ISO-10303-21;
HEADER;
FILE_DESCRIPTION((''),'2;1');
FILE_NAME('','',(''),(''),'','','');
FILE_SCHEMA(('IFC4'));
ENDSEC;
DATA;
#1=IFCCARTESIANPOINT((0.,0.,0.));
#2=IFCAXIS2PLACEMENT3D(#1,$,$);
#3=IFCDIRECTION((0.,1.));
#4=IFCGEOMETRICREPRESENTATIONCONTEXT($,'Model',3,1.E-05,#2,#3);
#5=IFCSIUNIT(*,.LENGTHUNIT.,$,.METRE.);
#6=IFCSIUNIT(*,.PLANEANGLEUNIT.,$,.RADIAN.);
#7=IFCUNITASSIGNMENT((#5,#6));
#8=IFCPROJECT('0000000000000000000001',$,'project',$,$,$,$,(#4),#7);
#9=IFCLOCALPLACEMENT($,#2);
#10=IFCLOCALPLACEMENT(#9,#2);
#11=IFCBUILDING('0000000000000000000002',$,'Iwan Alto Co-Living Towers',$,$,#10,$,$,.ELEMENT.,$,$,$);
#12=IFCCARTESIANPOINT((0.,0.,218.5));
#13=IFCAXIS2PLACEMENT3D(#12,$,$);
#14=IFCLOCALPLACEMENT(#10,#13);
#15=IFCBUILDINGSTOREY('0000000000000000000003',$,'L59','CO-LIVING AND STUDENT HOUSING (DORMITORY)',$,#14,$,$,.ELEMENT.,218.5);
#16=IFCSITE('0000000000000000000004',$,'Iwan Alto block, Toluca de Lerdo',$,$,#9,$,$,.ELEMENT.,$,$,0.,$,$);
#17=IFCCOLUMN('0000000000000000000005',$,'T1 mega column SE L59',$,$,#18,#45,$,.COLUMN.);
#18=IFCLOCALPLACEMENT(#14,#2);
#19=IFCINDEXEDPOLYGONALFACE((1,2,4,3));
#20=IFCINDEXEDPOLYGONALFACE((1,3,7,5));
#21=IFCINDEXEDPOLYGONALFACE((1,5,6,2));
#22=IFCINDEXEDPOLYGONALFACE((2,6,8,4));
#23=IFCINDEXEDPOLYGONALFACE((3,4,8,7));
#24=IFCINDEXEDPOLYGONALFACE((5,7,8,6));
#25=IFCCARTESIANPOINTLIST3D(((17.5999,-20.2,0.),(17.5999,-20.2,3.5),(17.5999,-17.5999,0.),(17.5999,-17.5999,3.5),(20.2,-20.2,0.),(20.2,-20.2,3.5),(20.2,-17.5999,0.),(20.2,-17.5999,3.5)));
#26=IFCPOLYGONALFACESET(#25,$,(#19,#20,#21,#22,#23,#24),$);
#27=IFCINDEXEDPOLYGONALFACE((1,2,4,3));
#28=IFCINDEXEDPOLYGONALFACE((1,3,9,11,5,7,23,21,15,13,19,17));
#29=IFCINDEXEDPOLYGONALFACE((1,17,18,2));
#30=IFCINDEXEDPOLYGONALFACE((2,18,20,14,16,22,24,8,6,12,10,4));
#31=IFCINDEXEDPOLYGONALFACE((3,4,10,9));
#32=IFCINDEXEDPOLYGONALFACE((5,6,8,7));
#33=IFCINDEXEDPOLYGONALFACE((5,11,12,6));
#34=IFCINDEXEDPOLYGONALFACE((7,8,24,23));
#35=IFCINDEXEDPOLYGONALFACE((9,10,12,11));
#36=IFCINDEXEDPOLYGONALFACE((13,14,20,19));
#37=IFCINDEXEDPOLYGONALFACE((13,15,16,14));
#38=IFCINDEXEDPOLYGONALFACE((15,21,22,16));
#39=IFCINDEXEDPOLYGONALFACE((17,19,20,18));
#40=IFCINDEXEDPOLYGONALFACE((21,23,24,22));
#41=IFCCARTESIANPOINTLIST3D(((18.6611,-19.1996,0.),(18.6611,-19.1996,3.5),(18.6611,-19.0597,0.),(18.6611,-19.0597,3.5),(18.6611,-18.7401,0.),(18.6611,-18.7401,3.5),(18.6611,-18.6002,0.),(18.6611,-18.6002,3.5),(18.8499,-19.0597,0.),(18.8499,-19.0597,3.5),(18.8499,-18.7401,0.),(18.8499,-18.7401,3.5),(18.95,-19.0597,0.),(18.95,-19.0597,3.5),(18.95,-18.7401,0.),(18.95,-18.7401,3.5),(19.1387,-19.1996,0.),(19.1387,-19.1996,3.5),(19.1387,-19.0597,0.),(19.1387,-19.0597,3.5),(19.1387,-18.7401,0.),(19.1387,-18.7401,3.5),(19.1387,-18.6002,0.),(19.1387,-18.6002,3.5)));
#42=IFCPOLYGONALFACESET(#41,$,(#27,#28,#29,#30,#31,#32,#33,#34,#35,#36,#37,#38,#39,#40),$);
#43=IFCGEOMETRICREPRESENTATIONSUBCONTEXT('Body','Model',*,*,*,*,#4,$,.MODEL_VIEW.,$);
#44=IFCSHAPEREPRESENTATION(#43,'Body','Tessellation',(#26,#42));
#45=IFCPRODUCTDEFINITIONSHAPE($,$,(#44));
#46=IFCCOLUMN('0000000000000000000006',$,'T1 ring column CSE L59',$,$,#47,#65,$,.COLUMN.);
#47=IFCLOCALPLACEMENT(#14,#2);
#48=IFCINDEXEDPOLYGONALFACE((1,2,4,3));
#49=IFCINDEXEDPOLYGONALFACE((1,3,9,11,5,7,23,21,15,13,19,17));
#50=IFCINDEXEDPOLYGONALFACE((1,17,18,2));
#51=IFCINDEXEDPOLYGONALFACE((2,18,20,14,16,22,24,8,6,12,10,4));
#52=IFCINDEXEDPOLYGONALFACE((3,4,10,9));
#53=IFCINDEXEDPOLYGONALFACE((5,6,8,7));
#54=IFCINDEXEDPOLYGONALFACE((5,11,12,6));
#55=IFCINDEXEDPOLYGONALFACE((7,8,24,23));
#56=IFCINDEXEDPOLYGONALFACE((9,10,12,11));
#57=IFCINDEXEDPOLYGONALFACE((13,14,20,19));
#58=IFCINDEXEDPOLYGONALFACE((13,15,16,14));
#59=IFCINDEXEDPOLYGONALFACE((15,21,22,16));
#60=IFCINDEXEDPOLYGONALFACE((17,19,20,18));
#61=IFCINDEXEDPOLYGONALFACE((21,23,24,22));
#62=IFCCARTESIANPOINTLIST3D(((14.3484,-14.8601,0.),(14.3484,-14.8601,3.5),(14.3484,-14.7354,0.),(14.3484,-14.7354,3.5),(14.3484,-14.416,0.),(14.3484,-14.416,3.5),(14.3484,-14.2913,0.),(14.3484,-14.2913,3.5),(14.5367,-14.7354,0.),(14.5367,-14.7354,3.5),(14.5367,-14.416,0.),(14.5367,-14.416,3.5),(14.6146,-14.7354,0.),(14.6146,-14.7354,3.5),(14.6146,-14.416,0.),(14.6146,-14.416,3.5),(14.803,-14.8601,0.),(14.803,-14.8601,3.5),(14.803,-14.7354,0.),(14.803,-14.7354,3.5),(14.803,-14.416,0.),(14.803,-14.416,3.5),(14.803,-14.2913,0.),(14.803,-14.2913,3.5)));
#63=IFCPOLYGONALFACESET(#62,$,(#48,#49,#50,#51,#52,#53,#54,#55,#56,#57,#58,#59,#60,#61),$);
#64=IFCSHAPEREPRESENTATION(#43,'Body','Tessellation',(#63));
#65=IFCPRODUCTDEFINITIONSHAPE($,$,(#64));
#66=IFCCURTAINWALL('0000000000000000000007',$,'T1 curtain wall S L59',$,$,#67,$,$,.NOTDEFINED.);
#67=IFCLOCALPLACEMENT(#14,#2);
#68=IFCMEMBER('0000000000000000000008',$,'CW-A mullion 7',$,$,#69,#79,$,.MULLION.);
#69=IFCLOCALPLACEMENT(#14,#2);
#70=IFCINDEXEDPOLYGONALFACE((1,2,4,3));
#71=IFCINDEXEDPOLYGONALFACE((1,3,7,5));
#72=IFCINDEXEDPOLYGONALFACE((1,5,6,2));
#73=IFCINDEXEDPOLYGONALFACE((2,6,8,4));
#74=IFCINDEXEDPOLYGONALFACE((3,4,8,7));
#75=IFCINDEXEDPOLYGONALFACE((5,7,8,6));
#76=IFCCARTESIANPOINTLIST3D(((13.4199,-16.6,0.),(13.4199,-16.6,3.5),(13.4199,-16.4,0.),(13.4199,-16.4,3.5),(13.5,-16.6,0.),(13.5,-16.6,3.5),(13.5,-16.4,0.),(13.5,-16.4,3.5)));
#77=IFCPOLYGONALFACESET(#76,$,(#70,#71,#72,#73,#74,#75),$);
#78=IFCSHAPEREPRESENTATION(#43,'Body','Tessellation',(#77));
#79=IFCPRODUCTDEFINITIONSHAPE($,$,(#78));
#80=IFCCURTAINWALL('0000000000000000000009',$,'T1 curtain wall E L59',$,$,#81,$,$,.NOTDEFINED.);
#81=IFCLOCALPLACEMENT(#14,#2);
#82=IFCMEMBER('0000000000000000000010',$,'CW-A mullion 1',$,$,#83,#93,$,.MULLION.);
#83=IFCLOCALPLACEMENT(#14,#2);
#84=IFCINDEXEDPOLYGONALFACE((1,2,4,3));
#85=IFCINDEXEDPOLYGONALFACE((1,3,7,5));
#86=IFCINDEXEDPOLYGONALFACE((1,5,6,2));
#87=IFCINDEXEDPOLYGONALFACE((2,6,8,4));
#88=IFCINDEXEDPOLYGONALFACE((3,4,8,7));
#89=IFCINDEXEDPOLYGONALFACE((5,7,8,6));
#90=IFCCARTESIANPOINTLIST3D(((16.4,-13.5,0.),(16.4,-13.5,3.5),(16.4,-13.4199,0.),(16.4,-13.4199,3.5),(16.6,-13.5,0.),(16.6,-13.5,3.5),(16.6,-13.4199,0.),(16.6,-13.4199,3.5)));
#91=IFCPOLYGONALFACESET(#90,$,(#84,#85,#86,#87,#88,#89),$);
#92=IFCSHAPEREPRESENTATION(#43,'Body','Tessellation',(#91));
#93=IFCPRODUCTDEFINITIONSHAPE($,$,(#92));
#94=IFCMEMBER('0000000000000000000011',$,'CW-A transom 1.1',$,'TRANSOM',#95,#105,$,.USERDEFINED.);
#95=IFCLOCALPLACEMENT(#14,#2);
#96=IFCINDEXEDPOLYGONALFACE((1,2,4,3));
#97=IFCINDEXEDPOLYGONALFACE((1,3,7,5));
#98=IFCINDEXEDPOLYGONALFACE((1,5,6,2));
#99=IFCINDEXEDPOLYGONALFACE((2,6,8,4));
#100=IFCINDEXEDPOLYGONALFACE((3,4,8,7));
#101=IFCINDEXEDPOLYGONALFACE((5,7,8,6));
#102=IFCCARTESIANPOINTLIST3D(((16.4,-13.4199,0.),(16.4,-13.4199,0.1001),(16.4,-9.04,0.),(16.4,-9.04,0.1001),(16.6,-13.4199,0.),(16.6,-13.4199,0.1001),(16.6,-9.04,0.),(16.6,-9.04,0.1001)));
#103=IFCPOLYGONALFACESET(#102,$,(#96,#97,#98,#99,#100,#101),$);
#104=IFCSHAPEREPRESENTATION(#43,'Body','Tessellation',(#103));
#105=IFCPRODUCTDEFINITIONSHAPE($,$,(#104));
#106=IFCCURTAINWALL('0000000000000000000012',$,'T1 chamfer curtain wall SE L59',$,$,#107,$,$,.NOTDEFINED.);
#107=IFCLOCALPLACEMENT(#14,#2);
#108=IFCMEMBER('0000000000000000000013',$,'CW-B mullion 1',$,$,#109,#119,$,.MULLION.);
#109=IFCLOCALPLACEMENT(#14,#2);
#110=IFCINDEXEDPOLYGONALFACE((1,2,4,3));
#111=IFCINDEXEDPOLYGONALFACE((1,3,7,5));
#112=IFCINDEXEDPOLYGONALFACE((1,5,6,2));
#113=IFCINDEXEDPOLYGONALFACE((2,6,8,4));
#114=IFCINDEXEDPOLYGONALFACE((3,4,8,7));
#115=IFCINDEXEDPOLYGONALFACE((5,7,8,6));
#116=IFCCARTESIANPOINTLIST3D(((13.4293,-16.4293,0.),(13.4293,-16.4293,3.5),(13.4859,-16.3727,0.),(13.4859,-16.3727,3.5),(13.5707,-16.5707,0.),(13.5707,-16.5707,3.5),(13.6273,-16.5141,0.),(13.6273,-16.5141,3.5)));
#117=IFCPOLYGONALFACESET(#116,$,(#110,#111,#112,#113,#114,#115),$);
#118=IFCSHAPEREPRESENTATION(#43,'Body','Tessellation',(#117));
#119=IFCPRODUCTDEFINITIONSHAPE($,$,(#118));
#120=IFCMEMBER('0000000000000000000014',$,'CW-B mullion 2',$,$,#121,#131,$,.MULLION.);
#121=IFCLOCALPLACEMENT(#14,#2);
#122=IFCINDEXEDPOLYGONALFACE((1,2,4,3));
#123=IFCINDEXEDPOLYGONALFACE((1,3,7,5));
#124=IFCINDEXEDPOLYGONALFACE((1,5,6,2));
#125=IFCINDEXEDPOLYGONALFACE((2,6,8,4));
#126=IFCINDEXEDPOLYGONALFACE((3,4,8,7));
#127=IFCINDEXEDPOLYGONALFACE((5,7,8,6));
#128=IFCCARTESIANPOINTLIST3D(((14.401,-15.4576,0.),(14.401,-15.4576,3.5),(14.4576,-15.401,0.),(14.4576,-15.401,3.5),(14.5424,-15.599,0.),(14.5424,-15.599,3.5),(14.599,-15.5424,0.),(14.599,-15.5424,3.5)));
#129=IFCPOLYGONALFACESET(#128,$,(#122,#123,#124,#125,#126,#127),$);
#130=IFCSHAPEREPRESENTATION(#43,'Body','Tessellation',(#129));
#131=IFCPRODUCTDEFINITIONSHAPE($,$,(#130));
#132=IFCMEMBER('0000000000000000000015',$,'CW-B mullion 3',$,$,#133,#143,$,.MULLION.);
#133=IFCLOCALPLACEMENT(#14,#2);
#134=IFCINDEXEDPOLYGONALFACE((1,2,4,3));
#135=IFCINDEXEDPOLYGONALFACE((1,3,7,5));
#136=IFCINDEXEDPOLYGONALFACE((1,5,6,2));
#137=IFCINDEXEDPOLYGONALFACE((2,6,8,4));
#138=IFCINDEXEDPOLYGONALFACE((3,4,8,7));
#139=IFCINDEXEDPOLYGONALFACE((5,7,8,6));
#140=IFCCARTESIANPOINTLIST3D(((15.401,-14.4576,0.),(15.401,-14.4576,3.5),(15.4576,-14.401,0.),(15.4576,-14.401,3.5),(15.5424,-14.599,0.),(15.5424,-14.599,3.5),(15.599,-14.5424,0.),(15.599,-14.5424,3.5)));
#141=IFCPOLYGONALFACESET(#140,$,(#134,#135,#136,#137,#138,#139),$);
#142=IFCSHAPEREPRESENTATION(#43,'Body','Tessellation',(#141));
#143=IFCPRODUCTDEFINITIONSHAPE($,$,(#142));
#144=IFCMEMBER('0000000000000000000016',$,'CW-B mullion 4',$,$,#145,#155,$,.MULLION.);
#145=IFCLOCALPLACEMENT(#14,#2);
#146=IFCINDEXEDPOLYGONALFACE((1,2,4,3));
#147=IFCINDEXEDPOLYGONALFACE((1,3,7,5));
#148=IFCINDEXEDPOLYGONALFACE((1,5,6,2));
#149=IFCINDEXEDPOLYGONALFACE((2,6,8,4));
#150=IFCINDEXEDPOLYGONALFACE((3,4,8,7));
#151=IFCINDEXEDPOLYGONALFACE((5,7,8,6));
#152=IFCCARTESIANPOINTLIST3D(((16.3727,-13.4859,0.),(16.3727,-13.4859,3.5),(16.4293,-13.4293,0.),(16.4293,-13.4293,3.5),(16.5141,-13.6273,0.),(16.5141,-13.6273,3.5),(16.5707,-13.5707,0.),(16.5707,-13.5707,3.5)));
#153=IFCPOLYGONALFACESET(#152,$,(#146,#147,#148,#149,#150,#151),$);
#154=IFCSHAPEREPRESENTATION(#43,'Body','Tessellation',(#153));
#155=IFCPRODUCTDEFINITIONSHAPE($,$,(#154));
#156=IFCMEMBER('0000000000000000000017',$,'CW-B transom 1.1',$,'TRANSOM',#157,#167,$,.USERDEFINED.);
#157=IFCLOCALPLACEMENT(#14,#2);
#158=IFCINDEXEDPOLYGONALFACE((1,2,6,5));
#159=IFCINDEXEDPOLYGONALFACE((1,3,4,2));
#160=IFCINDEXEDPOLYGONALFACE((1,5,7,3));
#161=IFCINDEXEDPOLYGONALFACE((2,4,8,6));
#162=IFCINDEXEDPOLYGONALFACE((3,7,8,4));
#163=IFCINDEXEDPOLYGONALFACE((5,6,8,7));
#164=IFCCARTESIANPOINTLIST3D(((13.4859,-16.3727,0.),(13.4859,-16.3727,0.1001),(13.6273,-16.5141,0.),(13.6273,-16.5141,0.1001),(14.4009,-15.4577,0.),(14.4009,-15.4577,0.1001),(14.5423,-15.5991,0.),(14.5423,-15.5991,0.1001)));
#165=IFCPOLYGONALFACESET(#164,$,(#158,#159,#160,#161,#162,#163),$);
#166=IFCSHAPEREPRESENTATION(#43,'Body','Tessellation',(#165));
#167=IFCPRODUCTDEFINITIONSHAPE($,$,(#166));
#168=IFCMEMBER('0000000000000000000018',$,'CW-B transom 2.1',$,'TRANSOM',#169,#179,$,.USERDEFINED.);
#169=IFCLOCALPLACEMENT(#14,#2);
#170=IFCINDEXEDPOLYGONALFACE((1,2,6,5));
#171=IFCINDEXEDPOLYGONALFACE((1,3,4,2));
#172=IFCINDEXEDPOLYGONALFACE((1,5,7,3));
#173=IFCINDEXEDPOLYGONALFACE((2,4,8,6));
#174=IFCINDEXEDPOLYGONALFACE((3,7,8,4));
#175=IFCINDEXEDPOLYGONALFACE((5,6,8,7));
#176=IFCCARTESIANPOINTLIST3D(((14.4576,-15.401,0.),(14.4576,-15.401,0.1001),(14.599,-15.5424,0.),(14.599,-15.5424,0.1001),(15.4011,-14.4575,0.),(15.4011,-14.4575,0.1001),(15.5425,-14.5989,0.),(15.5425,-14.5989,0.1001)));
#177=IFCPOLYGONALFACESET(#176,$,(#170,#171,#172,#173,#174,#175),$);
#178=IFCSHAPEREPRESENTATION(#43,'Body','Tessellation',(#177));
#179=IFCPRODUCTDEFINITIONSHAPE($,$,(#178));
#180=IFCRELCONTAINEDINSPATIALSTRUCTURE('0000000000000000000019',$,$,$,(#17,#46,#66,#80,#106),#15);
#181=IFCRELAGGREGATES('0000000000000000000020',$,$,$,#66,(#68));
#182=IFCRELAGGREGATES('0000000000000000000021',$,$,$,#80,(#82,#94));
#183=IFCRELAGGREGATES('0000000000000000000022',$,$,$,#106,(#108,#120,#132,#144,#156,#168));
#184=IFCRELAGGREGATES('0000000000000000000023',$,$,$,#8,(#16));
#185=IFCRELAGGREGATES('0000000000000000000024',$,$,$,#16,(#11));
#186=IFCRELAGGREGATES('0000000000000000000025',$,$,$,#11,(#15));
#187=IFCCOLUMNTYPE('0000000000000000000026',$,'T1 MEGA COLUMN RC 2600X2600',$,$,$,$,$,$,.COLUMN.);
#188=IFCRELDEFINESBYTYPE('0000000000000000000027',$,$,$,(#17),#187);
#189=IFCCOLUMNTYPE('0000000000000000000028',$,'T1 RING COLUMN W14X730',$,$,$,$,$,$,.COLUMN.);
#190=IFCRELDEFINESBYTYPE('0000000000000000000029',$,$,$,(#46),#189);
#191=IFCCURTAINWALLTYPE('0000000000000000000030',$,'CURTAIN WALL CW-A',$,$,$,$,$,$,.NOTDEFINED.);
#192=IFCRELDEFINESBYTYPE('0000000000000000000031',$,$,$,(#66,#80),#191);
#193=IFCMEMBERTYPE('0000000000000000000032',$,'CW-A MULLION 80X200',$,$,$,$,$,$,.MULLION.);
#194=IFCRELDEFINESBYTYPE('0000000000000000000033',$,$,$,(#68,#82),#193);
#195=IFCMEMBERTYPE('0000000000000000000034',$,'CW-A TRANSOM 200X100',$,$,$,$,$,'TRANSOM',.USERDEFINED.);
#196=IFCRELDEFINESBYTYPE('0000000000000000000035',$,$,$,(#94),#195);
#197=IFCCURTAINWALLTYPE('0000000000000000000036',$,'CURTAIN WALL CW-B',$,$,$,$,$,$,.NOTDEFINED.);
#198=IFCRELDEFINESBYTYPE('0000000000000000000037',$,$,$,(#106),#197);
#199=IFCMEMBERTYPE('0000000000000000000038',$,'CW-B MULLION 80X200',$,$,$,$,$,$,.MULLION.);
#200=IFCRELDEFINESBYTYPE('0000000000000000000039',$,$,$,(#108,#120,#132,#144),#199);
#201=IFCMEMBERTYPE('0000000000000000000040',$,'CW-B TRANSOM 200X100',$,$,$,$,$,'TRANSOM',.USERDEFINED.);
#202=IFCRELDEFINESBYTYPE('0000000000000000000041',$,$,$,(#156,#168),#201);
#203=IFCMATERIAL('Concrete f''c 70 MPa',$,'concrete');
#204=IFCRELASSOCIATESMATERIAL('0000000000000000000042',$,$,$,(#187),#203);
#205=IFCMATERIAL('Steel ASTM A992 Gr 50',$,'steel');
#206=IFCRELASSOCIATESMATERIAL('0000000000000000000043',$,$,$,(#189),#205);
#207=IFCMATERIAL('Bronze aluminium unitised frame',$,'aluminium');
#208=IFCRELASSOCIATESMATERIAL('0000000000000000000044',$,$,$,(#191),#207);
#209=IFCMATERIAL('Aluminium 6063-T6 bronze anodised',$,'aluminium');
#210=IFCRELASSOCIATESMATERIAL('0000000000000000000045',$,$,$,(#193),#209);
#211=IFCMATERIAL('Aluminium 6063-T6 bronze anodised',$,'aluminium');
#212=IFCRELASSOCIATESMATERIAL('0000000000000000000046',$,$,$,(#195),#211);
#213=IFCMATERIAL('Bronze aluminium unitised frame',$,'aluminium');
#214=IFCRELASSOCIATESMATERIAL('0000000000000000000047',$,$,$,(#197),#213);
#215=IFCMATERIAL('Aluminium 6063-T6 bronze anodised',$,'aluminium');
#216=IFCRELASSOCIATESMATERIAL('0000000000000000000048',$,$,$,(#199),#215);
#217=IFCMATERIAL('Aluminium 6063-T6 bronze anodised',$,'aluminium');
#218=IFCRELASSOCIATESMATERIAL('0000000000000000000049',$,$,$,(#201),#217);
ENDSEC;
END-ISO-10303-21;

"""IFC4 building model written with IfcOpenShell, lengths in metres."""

from ifc_helpers import new_model, si_unit, direction, frame, origin, origin_2d, place, context, subcontext, project, spatial, rectangle, i_section, extrude, material, material_profile, profile_set, type_object, element, aggregate, save


model = new_model("IFC4")

# Units and contexts
model_context = context("Model", 3, precision=1e-05, world=origin(), true_north=direction((0.0, 1.0)))
body_context = subcontext(model_context, "Body", "Model", "MODEL_VIEW")
ifc_project = project(units=[si_unit("LENGTHUNIT", "METRE"), si_unit("PLANEANGLEUNIT", "RADIAN")], contexts=[model_context])

# Site, building, storey
site_placement = place(None, origin())
site = spatial("IfcSite", under=ifc_project, at=site_placement, Name="Iwan Alto block, Toluca de Lerdo", CompositionType="ELEMENT", RefElevation=0.0)
building_placement = place(site_placement, origin())
building = spatial("IfcBuilding", under=site, at=building_placement, Name="Iwan Alto Co-Living Towers", CompositionType="ELEMENT")
storey_placement = place(building_placement, frame((0.0, 0.0, 218.5)))
storey = spatial("IfcBuildingStorey", under=building, at=storey_placement, Name="L59", Description="CO-LIVING AND STUDENT HOUSING (DORMITORY)", CompositionType="ELEMENT", Elevation=218.5)

# Columns
ifc_material_1 = material(Name="Concrete f'c 70 MPa", Category="concrete")
ifc_material_profile_1 = material_profile(ifc_material_1, rectangle(XDim=2.6001, YDim=2.6001, at=origin_2d()), Name="RC 2600X2600")
ifc_profile_set_1 = profile_set([ifc_material_profile_1], Name="Concrete f'c 70 MPa")
column_type_1 = type_object("IfcColumnType", Name="T1 MEGA COLUMN RC 2600X2600", PredefinedType="COLUMN", material=ifc_profile_set_1)
column_1_placement = place(storey_placement, frame((18.8999, -18.8999, 0.0), z_axis=(0.0, 0.0, 1.0), x_axis=(1.0, 0.0, 0.0)))
element("IfcColumn", 1, at=column_1_placement, inside=storey, type_object=column_type_1, Name="T1 mega column SE L59", PredefinedType="COLUMN", context=body_context, shape_type="SweptSolid", body=[
    extrude(rectangle(XDim=2.6001, YDim=2.6001, at=origin_2d()), origin(), (0.0, 0.0, 1.0), 3.5),
    extrude(i_section(OverallWidth=0.4775, OverallDepth=0.5994, WebThickness=0.1001, FlangeThickness=0.1399, at=origin_2d()), origin(), (0.0, 0.0, 1.0), 3.5),
])
ifc_material_2 = material(Name="Steel ASTM A992 Gr 50", Category="steel")
ifc_material_profile_2 = material_profile(ifc_material_2, i_section(OverallWidth=0.4546, OverallDepth=0.5688, WebThickness=0.0779, FlangeThickness=0.1248, at=origin_2d()), Name="W14X730")
ifc_profile_set_2 = profile_set([ifc_material_profile_2], Name="Steel ASTM A992 Gr 50")
column_type_2 = type_object("IfcColumnType", Name="T1 RING COLUMN W14X730", PredefinedType="COLUMN", material=ifc_profile_set_2)
column_2_placement = place(storey_placement, frame((14.5757, -14.5757, 0.0), z_axis=(0.0, 0.0, 1.0), x_axis=(1.0, 0.0, 0.0)))
element("IfcColumn", 2, at=column_2_placement, inside=storey, type_object=column_type_2, Name="T1 ring column CSE L59", PredefinedType="COLUMN", context=body_context, shape_type="SweptSolid", body=[
    extrude(i_section(OverallWidth=0.4546, OverallDepth=0.5688, WebThickness=0.0779, FlangeThickness=0.1248, at=origin_2d()), origin(), (0.0, 0.0, 1.0), 3.5),
])

# Curtain wall, member
ifc_material_3 = material(Name="Bronze aluminium unitised frame", Category="aluminium")
curtain_wall_type_1 = type_object("IfcCurtainWallType", Name="CURTAIN WALL CW-A", PredefinedType="NOTDEFINED", material=ifc_material_3)
curtain_wall_1_placement = place(storey_placement, origin())
curtain_wall_1 = element("IfcCurtainWall", 3, at=curtain_wall_1_placement, inside=storey, type_object=curtain_wall_type_1, Name="T1 curtain wall S L59", PredefinedType="NOTDEFINED")
ifc_material_4 = material(Name="Aluminium 6063-T6 bronze anodised", Category="aluminium")
ifc_material_profile_3 = material_profile(ifc_material_4, rectangle(XDim=0.2, YDim=0.0801, at=origin_2d()), Name="AL 80X200")
ifc_profile_set_3 = profile_set([ifc_material_profile_3], Name="Aluminium 6063-T6 bronze anodised")
member_type_1 = type_object("IfcMemberType", Name="CW-A MULLION 80X200", PredefinedType="MULLION", material=ifc_profile_set_3)
member_1_placement = place(storey_placement, frame((13.46, -16.5, 0.0), z_axis=(0.0, 0.0, 1.0), x_axis=(0.0, 1.0, 0.0)))
member_1 = element("IfcMember", 4, at=member_1_placement, type_object=member_type_1, Name="CW-A mullion 7", PredefinedType="MULLION", context=body_context, shape_type="SweptSolid", body=[
    extrude(rectangle(XDim=0.2, YDim=0.0801, at=origin_2d()), origin(), (0.0, 0.0, 1.0), 3.5),
])
aggregate(curtain_wall_1, [member_1])

# Curtain walls, members
curtain_wall_2_placement = place(storey_placement, origin())
curtain_wall_2 = element("IfcCurtainWall", 5, at=curtain_wall_2_placement, inside=storey, type_object=curtain_wall_type_1, Name="T1 curtain wall E L59", PredefinedType="NOTDEFINED")
member_2_placement = place(storey_placement, frame((16.5, -13.46, 0.0), z_axis=(0.0, 0.0, 1.0), x_axis=(-1.0, 0.0, 0.0)))
member_2 = element("IfcMember", 6, at=member_2_placement, type_object=member_type_1, Name="CW-A mullion 1", PredefinedType="MULLION", context=body_context, shape_type="SweptSolid", body=[
    extrude(rectangle(XDim=0.2, YDim=0.0801, at=origin_2d()), origin(), (0.0, 0.0, 1.0), 3.5),
])
ifc_material_5 = material(Name="Aluminium 6063-T6 bronze anodised", Category="aluminium")
ifc_material_profile_4 = material_profile(ifc_material_5, rectangle(XDim=0.2, YDim=0.1001, at=origin_2d()), Name="AL 200X100")
ifc_profile_set_4 = profile_set([ifc_material_profile_4], Name="Aluminium 6063-T6 bronze anodised")
member_type_2 = type_object("IfcMemberType", Name="CW-A TRANSOM 200X100", ElementType="TRANSOM", PredefinedType="USERDEFINED", material=ifc_profile_set_4)
member_3_placement = place(storey_placement, frame((16.5, -13.4199, 0.05), z_axis=(0.0, 1.0, 0.0), x_axis=(-1.0, 0.0, 0.0)))
member_3 = element("IfcMember", 7, at=member_3_placement, type_object=member_type_2, Name="CW-A transom 1.1", ObjectType="TRANSOM", PredefinedType="USERDEFINED", context=body_context, shape_type="SweptSolid", body=[
    extrude(rectangle(XDim=0.2, YDim=0.1001, at=origin_2d()), origin(), (0.0, 0.0, 1.0), 4.3799),
])
ifc_material_6 = material(Name="Bronze aluminium unitised frame", Category="aluminium")
curtain_wall_type_2 = type_object("IfcCurtainWallType", Name="CURTAIN WALL CW-B", PredefinedType="NOTDEFINED", material=ifc_material_6)
curtain_wall_3_placement = place(storey_placement, origin())
curtain_wall_3 = element("IfcCurtainWall", 8, at=curtain_wall_3_placement, inside=storey, type_object=curtain_wall_type_2, Name="T1 chamfer curtain wall SE L59", PredefinedType="NOTDEFINED")
ifc_material_7 = material(Name="Aluminium 6063-T6 bronze anodised", Category="aluminium")
ifc_material_profile_5 = material_profile(ifc_material_7, rectangle(XDim=0.2, YDim=0.0801, at=origin_2d()), Name="AL 80X200")
ifc_profile_set_5 = profile_set([ifc_material_profile_5], Name="Aluminium 6063-T6 bronze anodised")
member_type_3 = type_object("IfcMemberType", Name="CW-B MULLION 80X200", PredefinedType="MULLION", material=ifc_profile_set_5)
member_4_placement = place(storey_placement, frame((13.5283, -16.4717, 0.0), z_axis=(0.0, 0.0, 1.0), x_axis=(-0.707107, 0.707107, 0.0)))
member_4 = element("IfcMember", 9, at=member_4_placement, type_object=member_type_3, Name="CW-B mullion 1", PredefinedType="MULLION", context=body_context, shape_type="SweptSolid", body=[
    extrude(rectangle(XDim=0.2, YDim=0.0801, at=origin_2d()), origin(), (0.0, 0.0, 1.0), 3.5),
])
member_5_placement = place(storey_placement, frame((14.5, -15.5, 0.0), z_axis=(0.0, 0.0, 1.0), x_axis=(-0.707107, 0.707107, 0.0)))
member_5 = element("IfcMember", 10, at=member_5_placement, type_object=member_type_3, Name="CW-B mullion 2", PredefinedType="MULLION", context=body_context, shape_type="SweptSolid", body=[
    extrude(rectangle(XDim=0.2, YDim=0.0801, at=origin_2d()), origin(), (0.0, 0.0, 1.0), 3.5),
])
member_6_placement = place(storey_placement, frame((15.5, -14.5, 0.0), z_axis=(0.0, 0.0, 1.0), x_axis=(-0.707107, 0.707107, 0.0)))
member_6 = element("IfcMember", 11, at=member_6_placement, type_object=member_type_3, Name="CW-B mullion 3", PredefinedType="MULLION", context=body_context, shape_type="SweptSolid", body=[
    extrude(rectangle(XDim=0.2, YDim=0.0801, at=origin_2d()), origin(), (0.0, 0.0, 1.0), 3.5),
])
member_7_placement = place(storey_placement, frame((16.4717, -13.5283, 0.0), z_axis=(0.0, 0.0, 1.0), x_axis=(-0.707107, 0.707107, 0.0)))
member_7 = element("IfcMember", 12, at=member_7_placement, type_object=member_type_3, Name="CW-B mullion 4", PredefinedType="MULLION", context=body_context, shape_type="SweptSolid", body=[
    extrude(rectangle(XDim=0.2, YDim=0.0801, at=origin_2d()), origin(), (0.0, 0.0, 1.0), 3.5),
])
ifc_material_8 = material(Name="Aluminium 6063-T6 bronze anodised", Category="aluminium")
ifc_material_profile_6 = material_profile(ifc_material_8, rectangle(XDim=0.2, YDim=0.1001, at=origin_2d()), Name="AL 200X100")
ifc_profile_set_6 = profile_set([ifc_material_profile_6], Name="Aluminium 6063-T6 bronze anodised")
member_type_4 = type_object("IfcMemberType", Name="CW-B TRANSOM 200X100", ElementType="TRANSOM", PredefinedType="USERDEFINED", material=ifc_profile_set_6)
member_8_placement = place(storey_placement, frame((13.5566, -16.4434, 0.05), z_axis=(0.707107, 0.707107, 0.0), x_axis=(-0.707107, 0.707107, 0.0)))
member_8 = element("IfcMember", 13, at=member_8_placement, type_object=member_type_4, Name="CW-B transom 1.1", ObjectType="TRANSOM", PredefinedType="USERDEFINED", context=body_context, shape_type="SweptSolid", body=[
    extrude(rectangle(XDim=0.2, YDim=0.1001, at=origin_2d()), origin(), (0.0, 0.0, 1.0), 1.2939),
])
member_9_placement = place(storey_placement, frame((14.5283, -15.4717, 0.05), z_axis=(0.707107, 0.707107, 0.0), x_axis=(-0.707107, 0.707107, 0.0)))
member_9 = element("IfcMember", 14, at=member_9_placement, type_object=member_type_4, Name="CW-B transom 2.1", ObjectType="TRANSOM", PredefinedType="USERDEFINED", context=body_context, shape_type="SweptSolid", body=[
    extrude(rectangle(XDim=0.2, YDim=0.1001, at=origin_2d()), origin(), (0.0, 0.0, 1.0), 1.3342),
])

aggregate(curtain_wall_2, [member_2, member_3])
aggregate(curtain_wall_3, [member_4, member_5, member_6, member_7, member_8, member_9])

save(model, "model.ifc")
